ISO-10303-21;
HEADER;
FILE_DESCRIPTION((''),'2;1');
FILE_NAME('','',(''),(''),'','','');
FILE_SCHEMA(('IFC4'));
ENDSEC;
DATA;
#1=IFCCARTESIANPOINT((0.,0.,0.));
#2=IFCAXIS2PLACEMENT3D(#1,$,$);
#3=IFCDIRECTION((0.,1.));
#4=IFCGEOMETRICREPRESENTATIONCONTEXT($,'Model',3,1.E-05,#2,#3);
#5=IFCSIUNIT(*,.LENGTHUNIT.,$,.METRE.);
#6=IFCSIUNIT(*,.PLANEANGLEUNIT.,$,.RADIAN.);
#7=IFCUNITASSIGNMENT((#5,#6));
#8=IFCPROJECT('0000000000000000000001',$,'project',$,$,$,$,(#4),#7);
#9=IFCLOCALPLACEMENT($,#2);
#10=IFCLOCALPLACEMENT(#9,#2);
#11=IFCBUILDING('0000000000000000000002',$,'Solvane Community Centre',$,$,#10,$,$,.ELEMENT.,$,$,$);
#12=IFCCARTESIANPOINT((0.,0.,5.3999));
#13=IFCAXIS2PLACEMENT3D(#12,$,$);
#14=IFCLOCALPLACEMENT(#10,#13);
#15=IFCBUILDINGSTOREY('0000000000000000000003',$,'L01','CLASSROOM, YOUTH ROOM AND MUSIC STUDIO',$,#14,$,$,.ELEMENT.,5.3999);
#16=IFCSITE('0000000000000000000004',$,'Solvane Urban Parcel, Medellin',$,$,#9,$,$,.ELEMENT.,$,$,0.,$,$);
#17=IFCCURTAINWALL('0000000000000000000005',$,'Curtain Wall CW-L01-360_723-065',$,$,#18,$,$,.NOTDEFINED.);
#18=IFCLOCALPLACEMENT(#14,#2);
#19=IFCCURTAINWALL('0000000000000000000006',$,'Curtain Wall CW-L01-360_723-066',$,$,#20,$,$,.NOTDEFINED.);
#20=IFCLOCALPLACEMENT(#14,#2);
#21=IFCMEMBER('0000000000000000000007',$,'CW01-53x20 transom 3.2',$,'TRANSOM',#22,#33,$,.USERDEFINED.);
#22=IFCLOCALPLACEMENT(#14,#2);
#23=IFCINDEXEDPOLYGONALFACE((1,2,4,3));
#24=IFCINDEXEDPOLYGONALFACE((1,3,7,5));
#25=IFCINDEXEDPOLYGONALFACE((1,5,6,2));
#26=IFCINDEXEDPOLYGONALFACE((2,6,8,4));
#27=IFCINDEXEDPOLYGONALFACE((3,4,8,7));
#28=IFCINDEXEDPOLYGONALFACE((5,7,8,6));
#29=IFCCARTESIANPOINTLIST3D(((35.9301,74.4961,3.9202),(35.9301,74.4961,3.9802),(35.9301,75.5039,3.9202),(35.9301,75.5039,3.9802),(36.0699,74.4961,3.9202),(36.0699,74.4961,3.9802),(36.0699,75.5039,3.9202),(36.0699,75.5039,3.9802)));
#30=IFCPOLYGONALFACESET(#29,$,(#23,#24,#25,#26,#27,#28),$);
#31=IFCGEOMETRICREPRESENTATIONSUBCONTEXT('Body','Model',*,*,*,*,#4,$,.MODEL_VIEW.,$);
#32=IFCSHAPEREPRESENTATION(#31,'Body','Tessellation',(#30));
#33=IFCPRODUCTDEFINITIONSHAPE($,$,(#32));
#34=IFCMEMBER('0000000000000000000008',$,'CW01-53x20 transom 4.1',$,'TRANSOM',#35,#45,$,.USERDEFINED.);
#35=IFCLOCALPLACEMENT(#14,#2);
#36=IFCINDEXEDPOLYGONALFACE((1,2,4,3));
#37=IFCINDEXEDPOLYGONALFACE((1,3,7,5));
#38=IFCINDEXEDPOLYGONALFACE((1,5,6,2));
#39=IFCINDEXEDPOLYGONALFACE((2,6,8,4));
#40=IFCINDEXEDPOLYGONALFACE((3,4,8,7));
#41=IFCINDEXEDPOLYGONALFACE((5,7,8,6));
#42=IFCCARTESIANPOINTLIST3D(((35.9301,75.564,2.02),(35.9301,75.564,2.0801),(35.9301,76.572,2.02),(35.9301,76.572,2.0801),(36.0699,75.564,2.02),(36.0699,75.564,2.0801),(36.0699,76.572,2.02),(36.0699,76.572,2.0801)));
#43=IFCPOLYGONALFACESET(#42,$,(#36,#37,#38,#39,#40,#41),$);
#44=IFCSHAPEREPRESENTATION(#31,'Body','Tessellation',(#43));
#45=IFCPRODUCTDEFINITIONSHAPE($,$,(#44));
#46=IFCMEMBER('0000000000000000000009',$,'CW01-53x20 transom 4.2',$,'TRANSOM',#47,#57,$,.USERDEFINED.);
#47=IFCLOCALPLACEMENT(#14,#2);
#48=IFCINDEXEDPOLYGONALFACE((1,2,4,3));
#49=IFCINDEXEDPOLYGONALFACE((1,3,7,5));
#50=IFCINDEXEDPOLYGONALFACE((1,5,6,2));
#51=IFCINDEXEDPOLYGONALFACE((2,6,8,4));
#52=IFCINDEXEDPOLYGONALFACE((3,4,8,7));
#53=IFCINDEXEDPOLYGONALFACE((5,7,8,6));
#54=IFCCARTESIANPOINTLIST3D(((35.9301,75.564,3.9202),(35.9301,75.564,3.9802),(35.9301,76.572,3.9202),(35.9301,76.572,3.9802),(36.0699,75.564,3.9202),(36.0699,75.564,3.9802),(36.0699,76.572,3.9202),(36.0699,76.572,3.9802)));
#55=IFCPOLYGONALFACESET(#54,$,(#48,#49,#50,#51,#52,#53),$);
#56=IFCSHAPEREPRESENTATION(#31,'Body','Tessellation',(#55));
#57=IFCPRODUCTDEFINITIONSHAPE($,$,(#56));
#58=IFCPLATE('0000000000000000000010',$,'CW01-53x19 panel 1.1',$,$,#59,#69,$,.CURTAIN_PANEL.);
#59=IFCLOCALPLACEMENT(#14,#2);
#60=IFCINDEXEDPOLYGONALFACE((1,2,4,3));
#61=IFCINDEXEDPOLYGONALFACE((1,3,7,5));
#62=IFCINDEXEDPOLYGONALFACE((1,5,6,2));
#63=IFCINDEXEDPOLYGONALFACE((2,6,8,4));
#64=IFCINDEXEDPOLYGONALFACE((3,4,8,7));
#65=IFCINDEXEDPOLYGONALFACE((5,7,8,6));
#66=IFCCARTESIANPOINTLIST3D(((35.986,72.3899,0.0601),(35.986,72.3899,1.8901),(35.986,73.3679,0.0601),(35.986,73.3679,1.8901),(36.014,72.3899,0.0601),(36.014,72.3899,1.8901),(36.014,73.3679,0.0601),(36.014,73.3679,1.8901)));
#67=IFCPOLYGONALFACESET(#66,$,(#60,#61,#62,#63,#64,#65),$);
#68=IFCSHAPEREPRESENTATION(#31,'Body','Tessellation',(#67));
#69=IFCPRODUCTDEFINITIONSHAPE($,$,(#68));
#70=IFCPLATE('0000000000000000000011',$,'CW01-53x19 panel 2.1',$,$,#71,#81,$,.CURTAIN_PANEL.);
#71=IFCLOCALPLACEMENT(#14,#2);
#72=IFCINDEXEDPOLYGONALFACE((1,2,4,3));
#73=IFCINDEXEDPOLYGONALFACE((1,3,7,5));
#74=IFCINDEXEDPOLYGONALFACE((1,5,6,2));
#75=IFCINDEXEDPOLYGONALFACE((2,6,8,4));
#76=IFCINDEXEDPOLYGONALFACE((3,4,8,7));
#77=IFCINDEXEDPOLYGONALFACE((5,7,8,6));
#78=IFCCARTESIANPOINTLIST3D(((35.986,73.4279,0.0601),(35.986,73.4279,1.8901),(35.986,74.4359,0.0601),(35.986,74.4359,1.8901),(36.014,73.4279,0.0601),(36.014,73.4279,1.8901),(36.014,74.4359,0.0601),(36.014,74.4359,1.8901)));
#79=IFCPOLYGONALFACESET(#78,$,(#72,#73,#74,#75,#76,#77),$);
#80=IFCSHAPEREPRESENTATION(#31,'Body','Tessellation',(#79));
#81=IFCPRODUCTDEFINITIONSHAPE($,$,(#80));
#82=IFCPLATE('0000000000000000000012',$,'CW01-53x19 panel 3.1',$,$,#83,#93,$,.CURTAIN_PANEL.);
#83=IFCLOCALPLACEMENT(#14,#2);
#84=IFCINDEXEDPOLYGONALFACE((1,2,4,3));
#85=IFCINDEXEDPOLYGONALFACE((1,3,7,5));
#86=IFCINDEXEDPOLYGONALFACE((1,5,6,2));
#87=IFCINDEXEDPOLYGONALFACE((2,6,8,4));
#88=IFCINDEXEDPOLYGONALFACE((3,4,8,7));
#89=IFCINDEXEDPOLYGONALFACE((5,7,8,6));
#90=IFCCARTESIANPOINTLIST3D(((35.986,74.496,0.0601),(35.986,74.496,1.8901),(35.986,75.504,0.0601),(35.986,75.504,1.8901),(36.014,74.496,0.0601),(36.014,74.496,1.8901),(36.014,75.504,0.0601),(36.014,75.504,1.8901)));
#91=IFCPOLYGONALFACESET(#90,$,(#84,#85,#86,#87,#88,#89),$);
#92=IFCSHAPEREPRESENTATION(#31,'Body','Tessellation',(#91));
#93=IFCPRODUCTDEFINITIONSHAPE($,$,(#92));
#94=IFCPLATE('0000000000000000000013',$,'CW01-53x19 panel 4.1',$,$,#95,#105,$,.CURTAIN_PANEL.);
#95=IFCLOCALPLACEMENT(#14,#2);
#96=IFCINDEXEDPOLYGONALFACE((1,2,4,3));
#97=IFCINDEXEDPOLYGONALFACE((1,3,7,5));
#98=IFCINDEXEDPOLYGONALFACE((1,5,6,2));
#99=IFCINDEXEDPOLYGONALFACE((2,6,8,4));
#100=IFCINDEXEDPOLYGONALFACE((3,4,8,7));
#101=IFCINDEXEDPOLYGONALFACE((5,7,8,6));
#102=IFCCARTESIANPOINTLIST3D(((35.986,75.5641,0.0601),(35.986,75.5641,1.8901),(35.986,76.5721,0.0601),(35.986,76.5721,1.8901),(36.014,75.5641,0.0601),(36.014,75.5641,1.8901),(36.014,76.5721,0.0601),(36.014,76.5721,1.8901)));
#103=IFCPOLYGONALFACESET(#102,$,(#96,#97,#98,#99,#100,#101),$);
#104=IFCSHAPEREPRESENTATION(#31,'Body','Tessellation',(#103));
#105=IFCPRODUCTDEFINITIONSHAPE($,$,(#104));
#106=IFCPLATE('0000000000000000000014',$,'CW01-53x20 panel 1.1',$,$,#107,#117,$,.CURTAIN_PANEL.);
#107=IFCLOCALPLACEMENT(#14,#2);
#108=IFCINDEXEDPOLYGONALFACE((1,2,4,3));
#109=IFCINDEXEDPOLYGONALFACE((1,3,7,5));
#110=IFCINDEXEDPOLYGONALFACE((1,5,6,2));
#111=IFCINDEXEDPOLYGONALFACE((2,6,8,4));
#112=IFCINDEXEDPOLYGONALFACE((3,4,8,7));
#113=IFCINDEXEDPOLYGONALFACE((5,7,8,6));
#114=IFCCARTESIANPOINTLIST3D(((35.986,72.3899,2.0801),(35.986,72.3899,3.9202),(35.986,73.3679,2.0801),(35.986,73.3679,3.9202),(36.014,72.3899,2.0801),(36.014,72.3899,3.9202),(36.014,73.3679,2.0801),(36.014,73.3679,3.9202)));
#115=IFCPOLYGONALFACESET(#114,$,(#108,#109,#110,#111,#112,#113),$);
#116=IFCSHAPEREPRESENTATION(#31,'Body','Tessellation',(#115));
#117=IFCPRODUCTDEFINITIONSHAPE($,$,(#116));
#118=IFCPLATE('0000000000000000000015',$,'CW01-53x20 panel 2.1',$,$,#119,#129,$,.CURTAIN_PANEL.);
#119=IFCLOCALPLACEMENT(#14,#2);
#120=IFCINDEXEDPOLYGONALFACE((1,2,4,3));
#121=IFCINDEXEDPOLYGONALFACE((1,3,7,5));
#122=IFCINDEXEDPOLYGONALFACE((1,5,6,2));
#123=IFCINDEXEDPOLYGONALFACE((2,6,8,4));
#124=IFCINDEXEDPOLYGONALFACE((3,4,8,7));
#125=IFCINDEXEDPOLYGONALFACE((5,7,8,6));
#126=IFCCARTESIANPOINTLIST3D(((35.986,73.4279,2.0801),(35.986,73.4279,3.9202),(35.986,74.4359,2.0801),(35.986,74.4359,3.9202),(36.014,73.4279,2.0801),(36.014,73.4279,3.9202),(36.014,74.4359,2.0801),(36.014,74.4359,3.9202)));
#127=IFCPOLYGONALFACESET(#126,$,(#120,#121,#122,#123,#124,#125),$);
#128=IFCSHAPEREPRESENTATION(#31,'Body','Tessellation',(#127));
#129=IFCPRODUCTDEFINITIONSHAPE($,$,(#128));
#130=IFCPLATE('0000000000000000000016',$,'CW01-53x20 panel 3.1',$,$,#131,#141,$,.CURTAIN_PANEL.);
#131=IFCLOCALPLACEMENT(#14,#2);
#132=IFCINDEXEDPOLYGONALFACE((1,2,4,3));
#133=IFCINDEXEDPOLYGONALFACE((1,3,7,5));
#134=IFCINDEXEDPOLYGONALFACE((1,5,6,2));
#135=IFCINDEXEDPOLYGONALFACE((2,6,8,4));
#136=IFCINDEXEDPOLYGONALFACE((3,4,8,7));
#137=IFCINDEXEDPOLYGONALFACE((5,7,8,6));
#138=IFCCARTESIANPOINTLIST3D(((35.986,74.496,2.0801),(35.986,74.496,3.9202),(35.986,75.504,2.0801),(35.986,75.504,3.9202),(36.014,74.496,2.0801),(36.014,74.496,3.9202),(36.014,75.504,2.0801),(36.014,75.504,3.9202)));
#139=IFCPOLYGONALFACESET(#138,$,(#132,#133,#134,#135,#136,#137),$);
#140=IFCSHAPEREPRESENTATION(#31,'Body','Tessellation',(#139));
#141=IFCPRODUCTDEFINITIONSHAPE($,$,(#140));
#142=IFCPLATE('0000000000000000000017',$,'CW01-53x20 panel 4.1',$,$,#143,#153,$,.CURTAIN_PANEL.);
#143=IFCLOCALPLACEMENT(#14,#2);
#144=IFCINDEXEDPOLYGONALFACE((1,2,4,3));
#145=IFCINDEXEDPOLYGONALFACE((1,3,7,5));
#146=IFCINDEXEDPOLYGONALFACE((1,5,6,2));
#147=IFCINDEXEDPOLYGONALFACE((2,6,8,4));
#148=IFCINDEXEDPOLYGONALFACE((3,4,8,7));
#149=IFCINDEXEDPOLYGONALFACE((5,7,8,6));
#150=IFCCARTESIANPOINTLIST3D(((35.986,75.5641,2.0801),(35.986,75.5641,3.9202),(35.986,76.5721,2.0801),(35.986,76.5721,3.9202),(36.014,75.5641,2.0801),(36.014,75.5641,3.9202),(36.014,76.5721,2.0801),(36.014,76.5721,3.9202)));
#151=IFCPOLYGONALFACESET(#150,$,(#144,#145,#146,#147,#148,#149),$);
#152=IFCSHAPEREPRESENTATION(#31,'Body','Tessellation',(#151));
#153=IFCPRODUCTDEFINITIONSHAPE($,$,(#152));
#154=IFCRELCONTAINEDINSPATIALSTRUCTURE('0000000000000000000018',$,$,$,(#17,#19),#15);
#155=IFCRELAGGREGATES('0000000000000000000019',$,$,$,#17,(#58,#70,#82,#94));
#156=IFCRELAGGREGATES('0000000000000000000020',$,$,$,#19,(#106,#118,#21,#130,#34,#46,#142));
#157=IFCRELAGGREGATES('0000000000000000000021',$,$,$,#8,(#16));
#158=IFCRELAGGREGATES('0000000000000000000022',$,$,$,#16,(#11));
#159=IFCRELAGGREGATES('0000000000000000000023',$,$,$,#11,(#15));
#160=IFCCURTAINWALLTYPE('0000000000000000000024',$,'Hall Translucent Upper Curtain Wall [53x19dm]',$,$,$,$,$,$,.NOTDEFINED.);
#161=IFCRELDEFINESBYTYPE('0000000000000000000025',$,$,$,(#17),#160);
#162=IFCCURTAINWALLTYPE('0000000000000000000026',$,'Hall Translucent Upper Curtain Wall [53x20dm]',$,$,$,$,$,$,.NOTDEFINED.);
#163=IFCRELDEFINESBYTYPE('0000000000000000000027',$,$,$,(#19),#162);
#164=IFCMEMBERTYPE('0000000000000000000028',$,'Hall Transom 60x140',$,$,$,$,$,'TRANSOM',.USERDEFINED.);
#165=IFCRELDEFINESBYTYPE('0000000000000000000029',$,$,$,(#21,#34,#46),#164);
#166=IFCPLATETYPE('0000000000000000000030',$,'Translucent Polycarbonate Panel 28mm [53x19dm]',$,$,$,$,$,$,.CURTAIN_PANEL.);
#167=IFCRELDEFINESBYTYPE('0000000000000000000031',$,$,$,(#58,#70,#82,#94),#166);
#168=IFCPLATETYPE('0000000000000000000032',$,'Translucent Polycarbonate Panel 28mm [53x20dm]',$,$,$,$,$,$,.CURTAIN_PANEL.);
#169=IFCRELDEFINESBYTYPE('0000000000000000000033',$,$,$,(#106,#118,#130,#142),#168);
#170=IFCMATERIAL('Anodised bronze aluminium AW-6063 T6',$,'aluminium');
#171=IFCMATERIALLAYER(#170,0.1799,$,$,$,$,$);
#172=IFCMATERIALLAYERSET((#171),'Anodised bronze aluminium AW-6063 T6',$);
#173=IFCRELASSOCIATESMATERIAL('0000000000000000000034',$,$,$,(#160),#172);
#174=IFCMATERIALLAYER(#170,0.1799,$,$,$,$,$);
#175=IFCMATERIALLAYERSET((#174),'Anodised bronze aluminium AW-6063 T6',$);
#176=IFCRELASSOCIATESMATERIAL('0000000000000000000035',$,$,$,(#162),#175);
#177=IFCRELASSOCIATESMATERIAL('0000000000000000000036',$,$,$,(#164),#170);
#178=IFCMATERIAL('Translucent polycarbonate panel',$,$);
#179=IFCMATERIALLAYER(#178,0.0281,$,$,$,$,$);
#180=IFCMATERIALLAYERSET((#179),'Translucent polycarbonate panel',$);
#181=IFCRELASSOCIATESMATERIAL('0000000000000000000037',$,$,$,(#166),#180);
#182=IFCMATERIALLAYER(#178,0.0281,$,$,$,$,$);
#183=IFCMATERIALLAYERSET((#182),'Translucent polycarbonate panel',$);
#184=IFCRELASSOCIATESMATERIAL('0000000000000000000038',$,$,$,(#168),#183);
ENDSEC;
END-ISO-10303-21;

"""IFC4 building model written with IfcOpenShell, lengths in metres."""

from ifc_helpers import new_model, si_unit, direction, frame, origin, origin_2d, place, context, subcontext, project, spatial, rectangle, extrude, material, layer, layer_set, material_profile, profile_set, type_object, element, aggregate, save


model = new_model("IFC4")

# Units and contexts
model_context = context("Model", 3, precision=1e-05, world=origin(), true_north=direction((0.0, 1.0)))
body_context = subcontext(model_context, "Body", "Model", "MODEL_VIEW")
ifc_project = project(units=[si_unit("LENGTHUNIT", "METRE"), si_unit("PLANEANGLEUNIT", "RADIAN")], contexts=[model_context])

# Site, building, storey
site_placement = place(None, origin())
site = spatial("IfcSite", under=ifc_project, at=site_placement, Name="Solvane Urban Parcel, Medellin", CompositionType="ELEMENT", RefElevation=0.0)
building_placement = place(site_placement, origin())
building = spatial("IfcBuilding", under=site, at=building_placement, Name="Solvane Community Centre", CompositionType="ELEMENT")
storey_placement = place(building_placement, frame((0.0, 0.0, 5.3999)))
storey = spatial("IfcBuildingStorey", under=building, at=storey_placement, Name="L01", Description="CLASSROOM, YOUTH ROOM AND MUSIC STUDIO", CompositionType="ELEMENT", Elevation=5.3999)

# Curtain walls
ifc_material_1 = material(Name="Anodised bronze aluminium AW-6063 T6", Category="aluminium")
ifc_layer_1 = layer(ifc_material_1, 0.1799)
ifc_layer_set_1 = layer_set([ifc_layer_1], Name="Anodised bronze aluminium AW-6063 T6")
curtain_wall_type_1 = type_object("IfcCurtainWallType", Name="Hall Translucent Upper Curtain Wall [53x19dm]", PredefinedType="NOTDEFINED", material=ifc_layer_set_1)
curtain_wall_1_placement = place(storey_placement, origin())
curtain_wall_1 = element("IfcCurtainWall", 1, at=curtain_wall_1_placement, inside=storey, type_object=curtain_wall_type_1, Name="Curtain Wall CW-L01-360_723-065", PredefinedType="NOTDEFINED")
ifc_layer_2 = layer(ifc_material_1, 0.1799)
ifc_layer_set_2 = layer_set([ifc_layer_2], Name="Anodised bronze aluminium AW-6063 T6")
curtain_wall_type_2 = type_object("IfcCurtainWallType", Name="Hall Translucent Upper Curtain Wall [53x20dm]", PredefinedType="NOTDEFINED", material=ifc_layer_set_2)
curtain_wall_2_placement = place(storey_placement, origin())
curtain_wall_2 = element("IfcCurtainWall", 2, at=curtain_wall_2_placement, inside=storey, type_object=curtain_wall_type_2, Name="Curtain Wall CW-L01-360_723-066", PredefinedType="NOTDEFINED")

# Members
ifc_material_profile_1 = material_profile(ifc_material_1, rectangle(XDim=0.1399, YDim=0.0601, at=origin_2d()), Name="CW-T 60x140")
ifc_profile_set_1 = profile_set([ifc_material_profile_1], Name="Anodised bronze aluminium AW-6063 T6")
member_type_1 = type_object("IfcMemberType", Name="Hall Transom 60x140", ElementType="TRANSOM", PredefinedType="USERDEFINED", material=ifc_profile_set_1)
member_1_placement = place(storey_placement, frame((36.0, 74.4961, 3.9502), z_axis=(0.0, 1.0, 0.0), x_axis=(-1.0, 0.0, 0.0)))
member_1 = element("IfcMember", 3, at=member_1_placement, type_object=member_type_1, Name="CW01-53x20 transom 3.2", ObjectType="TRANSOM", PredefinedType="USERDEFINED", context=body_context, shape_type="SweptSolid", body=[
    extrude(rectangle(XDim=0.1399, YDim=0.0601, at=origin_2d()), origin(), (0.0, 0.0, 1.0), 1.0078),
])
member_2_placement = place(storey_placement, frame((36.0, 75.564, 2.05), z_axis=(0.0, 1.0, 0.0), x_axis=(-1.0, 0.0, 0.0)))
member_2 = element("IfcMember", 4, at=member_2_placement, type_object=member_type_1, Name="CW01-53x20 transom 4.1", ObjectType="TRANSOM", PredefinedType="USERDEFINED", context=body_context, shape_type="SweptSolid", body=[
    extrude(rectangle(XDim=0.1399, YDim=0.0601, at=origin_2d()), origin(), (0.0, 0.0, 1.0), 1.0081),
])
member_3_placement = place(storey_placement, frame((36.0, 75.564, 3.9502), z_axis=(0.0, 1.0, 0.0), x_axis=(-1.0, 0.0, 0.0)))
member_3 = element("IfcMember", 5, at=member_3_placement, type_object=member_type_1, Name="CW01-53x20 transom 4.2", ObjectType="TRANSOM", PredefinedType="USERDEFINED", context=body_context, shape_type="SweptSolid", body=[
    extrude(rectangle(XDim=0.1399, YDim=0.0601, at=origin_2d()), origin(), (0.0, 0.0, 1.0), 1.0081),
])

# Plates
ifc_material_2 = material(Name="Translucent polycarbonate panel")
ifc_layer_3 = layer(ifc_material_2, 0.0281)
ifc_layer_set_3 = layer_set([ifc_layer_3], Name="Translucent polycarbonate panel")
plate_type_1 = type_object("IfcPlateType", Name="Translucent Polycarbonate Panel 28mm [53x19dm]", PredefinedType="CURTAIN_PANEL", material=ifc_layer_set_3)
plate_1_placement = place(storey_placement, frame((36.0, 72.8789, 0.0601), z_axis=(0.0, 0.0, 1.0), x_axis=(0.0, 1.0, 0.0)))
plate_1 = element("IfcPlate", 6, at=plate_1_placement, type_object=plate_type_1, Name="CW01-53x19 panel 1.1", PredefinedType="CURTAIN_PANEL", context=body_context, shape_type="SweptSolid", body=[
    extrude(rectangle(XDim=0.978, YDim=0.0281, at=origin_2d()), origin(), (0.0, 0.0, 1.0), 1.8301),
])
plate_2_placement = place(storey_placement, frame((36.0, 73.9319, 0.0601), z_axis=(0.0, 0.0, 1.0), x_axis=(0.0, 1.0, 0.0)))
plate_2 = element("IfcPlate", 7, at=plate_2_placement, type_object=plate_type_1, Name="CW01-53x19 panel 2.1", PredefinedType="CURTAIN_PANEL", context=body_context, shape_type="SweptSolid", body=[
    extrude(rectangle(XDim=1.0081, YDim=0.0281, at=origin_2d()), origin(), (0.0, 0.0, 1.0), 1.8301),
])
plate_3_placement = place(storey_placement, frame((36.0, 75.0, 0.0601), z_axis=(0.0, 0.0, 1.0), x_axis=(0.0, 1.0, 0.0)))
plate_3 = element("IfcPlate", 8, at=plate_3_placement, type_object=plate_type_1, Name="CW01-53x19 panel 3.1", PredefinedType="CURTAIN_PANEL", context=body_context, shape_type="SweptSolid", body=[
    extrude(rectangle(XDim=1.0081, YDim=0.0281, at=origin_2d()), origin(), (0.0, 0.0, 1.0), 1.8301),
])
plate_4_placement = place(storey_placement, frame((36.0, 76.0681, 0.0601), z_axis=(0.0, 0.0, 1.0), x_axis=(0.0, 1.0, 0.0)))
plate_4 = element("IfcPlate", 9, at=plate_4_placement, type_object=plate_type_1, Name="CW01-53x19 panel 4.1", PredefinedType="CURTAIN_PANEL", context=body_context, shape_type="SweptSolid", body=[
    extrude(rectangle(XDim=1.0081, YDim=0.0281, at=origin_2d()), origin(), (0.0, 0.0, 1.0), 1.8301),
])
aggregate(curtain_wall_1, [plate_1, plate_2, plate_3, plate_4])
ifc_layer_4 = layer(ifc_material_2, 0.0281)
ifc_layer_set_4 = layer_set([ifc_layer_4], Name="Translucent polycarbonate panel")
plate_type_2 = type_object("IfcPlateType", Name="Translucent Polycarbonate Panel 28mm [53x20dm]", PredefinedType="CURTAIN_PANEL", material=ifc_layer_set_4)
plate_5_placement = place(storey_placement, frame((36.0, 72.8789, 2.0801), z_axis=(0.0, 0.0, 1.0), x_axis=(0.0, 1.0, 0.0)))
plate_5 = element("IfcPlate", 10, at=plate_5_placement, type_object=plate_type_2, Name="CW01-53x20 panel 1.1", PredefinedType="CURTAIN_PANEL", context=body_context, shape_type="SweptSolid", body=[
    extrude(rectangle(XDim=0.978, YDim=0.0281, at=origin_2d()), origin(), (0.0, 0.0, 1.0), 1.8401),
])
plate_6_placement = place(storey_placement, frame((36.0, 73.9319, 2.0801), z_axis=(0.0, 0.0, 1.0), x_axis=(0.0, 1.0, 0.0)))
plate_6 = element("IfcPlate", 11, at=plate_6_placement, type_object=plate_type_2, Name="CW01-53x20 panel 2.1", PredefinedType="CURTAIN_PANEL", context=body_context, shape_type="SweptSolid", body=[
    extrude(rectangle(XDim=1.0081, YDim=0.0281, at=origin_2d()), origin(), (0.0, 0.0, 1.0), 1.8401),
])
plate_7_placement = place(storey_placement, frame((36.0, 75.0, 2.0801), z_axis=(0.0, 0.0, 1.0), x_axis=(0.0, 1.0, 0.0)))
plate_7 = element("IfcPlate", 12, at=plate_7_placement, type_object=plate_type_2, Name="CW01-53x20 panel 3.1", PredefinedType="CURTAIN_PANEL", context=body_context, shape_type="SweptSolid", body=[
    extrude(rectangle(XDim=1.0081, YDim=0.0281, at=origin_2d()), origin(), (0.0, 0.0, 1.0), 1.8401),
])
plate_8_placement = place(storey_placement, frame((36.0, 76.0681, 2.0801), z_axis=(0.0, 0.0, 1.0), x_axis=(0.0, 1.0, 0.0)))
plate_8 = element("IfcPlate", 13, at=plate_8_placement, type_object=plate_type_2, Name="CW01-53x20 panel 4.1", PredefinedType="CURTAIN_PANEL", context=body_context, shape_type="SweptSolid", body=[
    extrude(rectangle(XDim=1.0081, YDim=0.0281, at=origin_2d()), origin(), (0.0, 0.0, 1.0), 1.8401),
])
aggregate(curtain_wall_2, [plate_5, plate_6, member_1, plate_7, member_2, member_3, plate_8])

save(model, "model.ifc")
